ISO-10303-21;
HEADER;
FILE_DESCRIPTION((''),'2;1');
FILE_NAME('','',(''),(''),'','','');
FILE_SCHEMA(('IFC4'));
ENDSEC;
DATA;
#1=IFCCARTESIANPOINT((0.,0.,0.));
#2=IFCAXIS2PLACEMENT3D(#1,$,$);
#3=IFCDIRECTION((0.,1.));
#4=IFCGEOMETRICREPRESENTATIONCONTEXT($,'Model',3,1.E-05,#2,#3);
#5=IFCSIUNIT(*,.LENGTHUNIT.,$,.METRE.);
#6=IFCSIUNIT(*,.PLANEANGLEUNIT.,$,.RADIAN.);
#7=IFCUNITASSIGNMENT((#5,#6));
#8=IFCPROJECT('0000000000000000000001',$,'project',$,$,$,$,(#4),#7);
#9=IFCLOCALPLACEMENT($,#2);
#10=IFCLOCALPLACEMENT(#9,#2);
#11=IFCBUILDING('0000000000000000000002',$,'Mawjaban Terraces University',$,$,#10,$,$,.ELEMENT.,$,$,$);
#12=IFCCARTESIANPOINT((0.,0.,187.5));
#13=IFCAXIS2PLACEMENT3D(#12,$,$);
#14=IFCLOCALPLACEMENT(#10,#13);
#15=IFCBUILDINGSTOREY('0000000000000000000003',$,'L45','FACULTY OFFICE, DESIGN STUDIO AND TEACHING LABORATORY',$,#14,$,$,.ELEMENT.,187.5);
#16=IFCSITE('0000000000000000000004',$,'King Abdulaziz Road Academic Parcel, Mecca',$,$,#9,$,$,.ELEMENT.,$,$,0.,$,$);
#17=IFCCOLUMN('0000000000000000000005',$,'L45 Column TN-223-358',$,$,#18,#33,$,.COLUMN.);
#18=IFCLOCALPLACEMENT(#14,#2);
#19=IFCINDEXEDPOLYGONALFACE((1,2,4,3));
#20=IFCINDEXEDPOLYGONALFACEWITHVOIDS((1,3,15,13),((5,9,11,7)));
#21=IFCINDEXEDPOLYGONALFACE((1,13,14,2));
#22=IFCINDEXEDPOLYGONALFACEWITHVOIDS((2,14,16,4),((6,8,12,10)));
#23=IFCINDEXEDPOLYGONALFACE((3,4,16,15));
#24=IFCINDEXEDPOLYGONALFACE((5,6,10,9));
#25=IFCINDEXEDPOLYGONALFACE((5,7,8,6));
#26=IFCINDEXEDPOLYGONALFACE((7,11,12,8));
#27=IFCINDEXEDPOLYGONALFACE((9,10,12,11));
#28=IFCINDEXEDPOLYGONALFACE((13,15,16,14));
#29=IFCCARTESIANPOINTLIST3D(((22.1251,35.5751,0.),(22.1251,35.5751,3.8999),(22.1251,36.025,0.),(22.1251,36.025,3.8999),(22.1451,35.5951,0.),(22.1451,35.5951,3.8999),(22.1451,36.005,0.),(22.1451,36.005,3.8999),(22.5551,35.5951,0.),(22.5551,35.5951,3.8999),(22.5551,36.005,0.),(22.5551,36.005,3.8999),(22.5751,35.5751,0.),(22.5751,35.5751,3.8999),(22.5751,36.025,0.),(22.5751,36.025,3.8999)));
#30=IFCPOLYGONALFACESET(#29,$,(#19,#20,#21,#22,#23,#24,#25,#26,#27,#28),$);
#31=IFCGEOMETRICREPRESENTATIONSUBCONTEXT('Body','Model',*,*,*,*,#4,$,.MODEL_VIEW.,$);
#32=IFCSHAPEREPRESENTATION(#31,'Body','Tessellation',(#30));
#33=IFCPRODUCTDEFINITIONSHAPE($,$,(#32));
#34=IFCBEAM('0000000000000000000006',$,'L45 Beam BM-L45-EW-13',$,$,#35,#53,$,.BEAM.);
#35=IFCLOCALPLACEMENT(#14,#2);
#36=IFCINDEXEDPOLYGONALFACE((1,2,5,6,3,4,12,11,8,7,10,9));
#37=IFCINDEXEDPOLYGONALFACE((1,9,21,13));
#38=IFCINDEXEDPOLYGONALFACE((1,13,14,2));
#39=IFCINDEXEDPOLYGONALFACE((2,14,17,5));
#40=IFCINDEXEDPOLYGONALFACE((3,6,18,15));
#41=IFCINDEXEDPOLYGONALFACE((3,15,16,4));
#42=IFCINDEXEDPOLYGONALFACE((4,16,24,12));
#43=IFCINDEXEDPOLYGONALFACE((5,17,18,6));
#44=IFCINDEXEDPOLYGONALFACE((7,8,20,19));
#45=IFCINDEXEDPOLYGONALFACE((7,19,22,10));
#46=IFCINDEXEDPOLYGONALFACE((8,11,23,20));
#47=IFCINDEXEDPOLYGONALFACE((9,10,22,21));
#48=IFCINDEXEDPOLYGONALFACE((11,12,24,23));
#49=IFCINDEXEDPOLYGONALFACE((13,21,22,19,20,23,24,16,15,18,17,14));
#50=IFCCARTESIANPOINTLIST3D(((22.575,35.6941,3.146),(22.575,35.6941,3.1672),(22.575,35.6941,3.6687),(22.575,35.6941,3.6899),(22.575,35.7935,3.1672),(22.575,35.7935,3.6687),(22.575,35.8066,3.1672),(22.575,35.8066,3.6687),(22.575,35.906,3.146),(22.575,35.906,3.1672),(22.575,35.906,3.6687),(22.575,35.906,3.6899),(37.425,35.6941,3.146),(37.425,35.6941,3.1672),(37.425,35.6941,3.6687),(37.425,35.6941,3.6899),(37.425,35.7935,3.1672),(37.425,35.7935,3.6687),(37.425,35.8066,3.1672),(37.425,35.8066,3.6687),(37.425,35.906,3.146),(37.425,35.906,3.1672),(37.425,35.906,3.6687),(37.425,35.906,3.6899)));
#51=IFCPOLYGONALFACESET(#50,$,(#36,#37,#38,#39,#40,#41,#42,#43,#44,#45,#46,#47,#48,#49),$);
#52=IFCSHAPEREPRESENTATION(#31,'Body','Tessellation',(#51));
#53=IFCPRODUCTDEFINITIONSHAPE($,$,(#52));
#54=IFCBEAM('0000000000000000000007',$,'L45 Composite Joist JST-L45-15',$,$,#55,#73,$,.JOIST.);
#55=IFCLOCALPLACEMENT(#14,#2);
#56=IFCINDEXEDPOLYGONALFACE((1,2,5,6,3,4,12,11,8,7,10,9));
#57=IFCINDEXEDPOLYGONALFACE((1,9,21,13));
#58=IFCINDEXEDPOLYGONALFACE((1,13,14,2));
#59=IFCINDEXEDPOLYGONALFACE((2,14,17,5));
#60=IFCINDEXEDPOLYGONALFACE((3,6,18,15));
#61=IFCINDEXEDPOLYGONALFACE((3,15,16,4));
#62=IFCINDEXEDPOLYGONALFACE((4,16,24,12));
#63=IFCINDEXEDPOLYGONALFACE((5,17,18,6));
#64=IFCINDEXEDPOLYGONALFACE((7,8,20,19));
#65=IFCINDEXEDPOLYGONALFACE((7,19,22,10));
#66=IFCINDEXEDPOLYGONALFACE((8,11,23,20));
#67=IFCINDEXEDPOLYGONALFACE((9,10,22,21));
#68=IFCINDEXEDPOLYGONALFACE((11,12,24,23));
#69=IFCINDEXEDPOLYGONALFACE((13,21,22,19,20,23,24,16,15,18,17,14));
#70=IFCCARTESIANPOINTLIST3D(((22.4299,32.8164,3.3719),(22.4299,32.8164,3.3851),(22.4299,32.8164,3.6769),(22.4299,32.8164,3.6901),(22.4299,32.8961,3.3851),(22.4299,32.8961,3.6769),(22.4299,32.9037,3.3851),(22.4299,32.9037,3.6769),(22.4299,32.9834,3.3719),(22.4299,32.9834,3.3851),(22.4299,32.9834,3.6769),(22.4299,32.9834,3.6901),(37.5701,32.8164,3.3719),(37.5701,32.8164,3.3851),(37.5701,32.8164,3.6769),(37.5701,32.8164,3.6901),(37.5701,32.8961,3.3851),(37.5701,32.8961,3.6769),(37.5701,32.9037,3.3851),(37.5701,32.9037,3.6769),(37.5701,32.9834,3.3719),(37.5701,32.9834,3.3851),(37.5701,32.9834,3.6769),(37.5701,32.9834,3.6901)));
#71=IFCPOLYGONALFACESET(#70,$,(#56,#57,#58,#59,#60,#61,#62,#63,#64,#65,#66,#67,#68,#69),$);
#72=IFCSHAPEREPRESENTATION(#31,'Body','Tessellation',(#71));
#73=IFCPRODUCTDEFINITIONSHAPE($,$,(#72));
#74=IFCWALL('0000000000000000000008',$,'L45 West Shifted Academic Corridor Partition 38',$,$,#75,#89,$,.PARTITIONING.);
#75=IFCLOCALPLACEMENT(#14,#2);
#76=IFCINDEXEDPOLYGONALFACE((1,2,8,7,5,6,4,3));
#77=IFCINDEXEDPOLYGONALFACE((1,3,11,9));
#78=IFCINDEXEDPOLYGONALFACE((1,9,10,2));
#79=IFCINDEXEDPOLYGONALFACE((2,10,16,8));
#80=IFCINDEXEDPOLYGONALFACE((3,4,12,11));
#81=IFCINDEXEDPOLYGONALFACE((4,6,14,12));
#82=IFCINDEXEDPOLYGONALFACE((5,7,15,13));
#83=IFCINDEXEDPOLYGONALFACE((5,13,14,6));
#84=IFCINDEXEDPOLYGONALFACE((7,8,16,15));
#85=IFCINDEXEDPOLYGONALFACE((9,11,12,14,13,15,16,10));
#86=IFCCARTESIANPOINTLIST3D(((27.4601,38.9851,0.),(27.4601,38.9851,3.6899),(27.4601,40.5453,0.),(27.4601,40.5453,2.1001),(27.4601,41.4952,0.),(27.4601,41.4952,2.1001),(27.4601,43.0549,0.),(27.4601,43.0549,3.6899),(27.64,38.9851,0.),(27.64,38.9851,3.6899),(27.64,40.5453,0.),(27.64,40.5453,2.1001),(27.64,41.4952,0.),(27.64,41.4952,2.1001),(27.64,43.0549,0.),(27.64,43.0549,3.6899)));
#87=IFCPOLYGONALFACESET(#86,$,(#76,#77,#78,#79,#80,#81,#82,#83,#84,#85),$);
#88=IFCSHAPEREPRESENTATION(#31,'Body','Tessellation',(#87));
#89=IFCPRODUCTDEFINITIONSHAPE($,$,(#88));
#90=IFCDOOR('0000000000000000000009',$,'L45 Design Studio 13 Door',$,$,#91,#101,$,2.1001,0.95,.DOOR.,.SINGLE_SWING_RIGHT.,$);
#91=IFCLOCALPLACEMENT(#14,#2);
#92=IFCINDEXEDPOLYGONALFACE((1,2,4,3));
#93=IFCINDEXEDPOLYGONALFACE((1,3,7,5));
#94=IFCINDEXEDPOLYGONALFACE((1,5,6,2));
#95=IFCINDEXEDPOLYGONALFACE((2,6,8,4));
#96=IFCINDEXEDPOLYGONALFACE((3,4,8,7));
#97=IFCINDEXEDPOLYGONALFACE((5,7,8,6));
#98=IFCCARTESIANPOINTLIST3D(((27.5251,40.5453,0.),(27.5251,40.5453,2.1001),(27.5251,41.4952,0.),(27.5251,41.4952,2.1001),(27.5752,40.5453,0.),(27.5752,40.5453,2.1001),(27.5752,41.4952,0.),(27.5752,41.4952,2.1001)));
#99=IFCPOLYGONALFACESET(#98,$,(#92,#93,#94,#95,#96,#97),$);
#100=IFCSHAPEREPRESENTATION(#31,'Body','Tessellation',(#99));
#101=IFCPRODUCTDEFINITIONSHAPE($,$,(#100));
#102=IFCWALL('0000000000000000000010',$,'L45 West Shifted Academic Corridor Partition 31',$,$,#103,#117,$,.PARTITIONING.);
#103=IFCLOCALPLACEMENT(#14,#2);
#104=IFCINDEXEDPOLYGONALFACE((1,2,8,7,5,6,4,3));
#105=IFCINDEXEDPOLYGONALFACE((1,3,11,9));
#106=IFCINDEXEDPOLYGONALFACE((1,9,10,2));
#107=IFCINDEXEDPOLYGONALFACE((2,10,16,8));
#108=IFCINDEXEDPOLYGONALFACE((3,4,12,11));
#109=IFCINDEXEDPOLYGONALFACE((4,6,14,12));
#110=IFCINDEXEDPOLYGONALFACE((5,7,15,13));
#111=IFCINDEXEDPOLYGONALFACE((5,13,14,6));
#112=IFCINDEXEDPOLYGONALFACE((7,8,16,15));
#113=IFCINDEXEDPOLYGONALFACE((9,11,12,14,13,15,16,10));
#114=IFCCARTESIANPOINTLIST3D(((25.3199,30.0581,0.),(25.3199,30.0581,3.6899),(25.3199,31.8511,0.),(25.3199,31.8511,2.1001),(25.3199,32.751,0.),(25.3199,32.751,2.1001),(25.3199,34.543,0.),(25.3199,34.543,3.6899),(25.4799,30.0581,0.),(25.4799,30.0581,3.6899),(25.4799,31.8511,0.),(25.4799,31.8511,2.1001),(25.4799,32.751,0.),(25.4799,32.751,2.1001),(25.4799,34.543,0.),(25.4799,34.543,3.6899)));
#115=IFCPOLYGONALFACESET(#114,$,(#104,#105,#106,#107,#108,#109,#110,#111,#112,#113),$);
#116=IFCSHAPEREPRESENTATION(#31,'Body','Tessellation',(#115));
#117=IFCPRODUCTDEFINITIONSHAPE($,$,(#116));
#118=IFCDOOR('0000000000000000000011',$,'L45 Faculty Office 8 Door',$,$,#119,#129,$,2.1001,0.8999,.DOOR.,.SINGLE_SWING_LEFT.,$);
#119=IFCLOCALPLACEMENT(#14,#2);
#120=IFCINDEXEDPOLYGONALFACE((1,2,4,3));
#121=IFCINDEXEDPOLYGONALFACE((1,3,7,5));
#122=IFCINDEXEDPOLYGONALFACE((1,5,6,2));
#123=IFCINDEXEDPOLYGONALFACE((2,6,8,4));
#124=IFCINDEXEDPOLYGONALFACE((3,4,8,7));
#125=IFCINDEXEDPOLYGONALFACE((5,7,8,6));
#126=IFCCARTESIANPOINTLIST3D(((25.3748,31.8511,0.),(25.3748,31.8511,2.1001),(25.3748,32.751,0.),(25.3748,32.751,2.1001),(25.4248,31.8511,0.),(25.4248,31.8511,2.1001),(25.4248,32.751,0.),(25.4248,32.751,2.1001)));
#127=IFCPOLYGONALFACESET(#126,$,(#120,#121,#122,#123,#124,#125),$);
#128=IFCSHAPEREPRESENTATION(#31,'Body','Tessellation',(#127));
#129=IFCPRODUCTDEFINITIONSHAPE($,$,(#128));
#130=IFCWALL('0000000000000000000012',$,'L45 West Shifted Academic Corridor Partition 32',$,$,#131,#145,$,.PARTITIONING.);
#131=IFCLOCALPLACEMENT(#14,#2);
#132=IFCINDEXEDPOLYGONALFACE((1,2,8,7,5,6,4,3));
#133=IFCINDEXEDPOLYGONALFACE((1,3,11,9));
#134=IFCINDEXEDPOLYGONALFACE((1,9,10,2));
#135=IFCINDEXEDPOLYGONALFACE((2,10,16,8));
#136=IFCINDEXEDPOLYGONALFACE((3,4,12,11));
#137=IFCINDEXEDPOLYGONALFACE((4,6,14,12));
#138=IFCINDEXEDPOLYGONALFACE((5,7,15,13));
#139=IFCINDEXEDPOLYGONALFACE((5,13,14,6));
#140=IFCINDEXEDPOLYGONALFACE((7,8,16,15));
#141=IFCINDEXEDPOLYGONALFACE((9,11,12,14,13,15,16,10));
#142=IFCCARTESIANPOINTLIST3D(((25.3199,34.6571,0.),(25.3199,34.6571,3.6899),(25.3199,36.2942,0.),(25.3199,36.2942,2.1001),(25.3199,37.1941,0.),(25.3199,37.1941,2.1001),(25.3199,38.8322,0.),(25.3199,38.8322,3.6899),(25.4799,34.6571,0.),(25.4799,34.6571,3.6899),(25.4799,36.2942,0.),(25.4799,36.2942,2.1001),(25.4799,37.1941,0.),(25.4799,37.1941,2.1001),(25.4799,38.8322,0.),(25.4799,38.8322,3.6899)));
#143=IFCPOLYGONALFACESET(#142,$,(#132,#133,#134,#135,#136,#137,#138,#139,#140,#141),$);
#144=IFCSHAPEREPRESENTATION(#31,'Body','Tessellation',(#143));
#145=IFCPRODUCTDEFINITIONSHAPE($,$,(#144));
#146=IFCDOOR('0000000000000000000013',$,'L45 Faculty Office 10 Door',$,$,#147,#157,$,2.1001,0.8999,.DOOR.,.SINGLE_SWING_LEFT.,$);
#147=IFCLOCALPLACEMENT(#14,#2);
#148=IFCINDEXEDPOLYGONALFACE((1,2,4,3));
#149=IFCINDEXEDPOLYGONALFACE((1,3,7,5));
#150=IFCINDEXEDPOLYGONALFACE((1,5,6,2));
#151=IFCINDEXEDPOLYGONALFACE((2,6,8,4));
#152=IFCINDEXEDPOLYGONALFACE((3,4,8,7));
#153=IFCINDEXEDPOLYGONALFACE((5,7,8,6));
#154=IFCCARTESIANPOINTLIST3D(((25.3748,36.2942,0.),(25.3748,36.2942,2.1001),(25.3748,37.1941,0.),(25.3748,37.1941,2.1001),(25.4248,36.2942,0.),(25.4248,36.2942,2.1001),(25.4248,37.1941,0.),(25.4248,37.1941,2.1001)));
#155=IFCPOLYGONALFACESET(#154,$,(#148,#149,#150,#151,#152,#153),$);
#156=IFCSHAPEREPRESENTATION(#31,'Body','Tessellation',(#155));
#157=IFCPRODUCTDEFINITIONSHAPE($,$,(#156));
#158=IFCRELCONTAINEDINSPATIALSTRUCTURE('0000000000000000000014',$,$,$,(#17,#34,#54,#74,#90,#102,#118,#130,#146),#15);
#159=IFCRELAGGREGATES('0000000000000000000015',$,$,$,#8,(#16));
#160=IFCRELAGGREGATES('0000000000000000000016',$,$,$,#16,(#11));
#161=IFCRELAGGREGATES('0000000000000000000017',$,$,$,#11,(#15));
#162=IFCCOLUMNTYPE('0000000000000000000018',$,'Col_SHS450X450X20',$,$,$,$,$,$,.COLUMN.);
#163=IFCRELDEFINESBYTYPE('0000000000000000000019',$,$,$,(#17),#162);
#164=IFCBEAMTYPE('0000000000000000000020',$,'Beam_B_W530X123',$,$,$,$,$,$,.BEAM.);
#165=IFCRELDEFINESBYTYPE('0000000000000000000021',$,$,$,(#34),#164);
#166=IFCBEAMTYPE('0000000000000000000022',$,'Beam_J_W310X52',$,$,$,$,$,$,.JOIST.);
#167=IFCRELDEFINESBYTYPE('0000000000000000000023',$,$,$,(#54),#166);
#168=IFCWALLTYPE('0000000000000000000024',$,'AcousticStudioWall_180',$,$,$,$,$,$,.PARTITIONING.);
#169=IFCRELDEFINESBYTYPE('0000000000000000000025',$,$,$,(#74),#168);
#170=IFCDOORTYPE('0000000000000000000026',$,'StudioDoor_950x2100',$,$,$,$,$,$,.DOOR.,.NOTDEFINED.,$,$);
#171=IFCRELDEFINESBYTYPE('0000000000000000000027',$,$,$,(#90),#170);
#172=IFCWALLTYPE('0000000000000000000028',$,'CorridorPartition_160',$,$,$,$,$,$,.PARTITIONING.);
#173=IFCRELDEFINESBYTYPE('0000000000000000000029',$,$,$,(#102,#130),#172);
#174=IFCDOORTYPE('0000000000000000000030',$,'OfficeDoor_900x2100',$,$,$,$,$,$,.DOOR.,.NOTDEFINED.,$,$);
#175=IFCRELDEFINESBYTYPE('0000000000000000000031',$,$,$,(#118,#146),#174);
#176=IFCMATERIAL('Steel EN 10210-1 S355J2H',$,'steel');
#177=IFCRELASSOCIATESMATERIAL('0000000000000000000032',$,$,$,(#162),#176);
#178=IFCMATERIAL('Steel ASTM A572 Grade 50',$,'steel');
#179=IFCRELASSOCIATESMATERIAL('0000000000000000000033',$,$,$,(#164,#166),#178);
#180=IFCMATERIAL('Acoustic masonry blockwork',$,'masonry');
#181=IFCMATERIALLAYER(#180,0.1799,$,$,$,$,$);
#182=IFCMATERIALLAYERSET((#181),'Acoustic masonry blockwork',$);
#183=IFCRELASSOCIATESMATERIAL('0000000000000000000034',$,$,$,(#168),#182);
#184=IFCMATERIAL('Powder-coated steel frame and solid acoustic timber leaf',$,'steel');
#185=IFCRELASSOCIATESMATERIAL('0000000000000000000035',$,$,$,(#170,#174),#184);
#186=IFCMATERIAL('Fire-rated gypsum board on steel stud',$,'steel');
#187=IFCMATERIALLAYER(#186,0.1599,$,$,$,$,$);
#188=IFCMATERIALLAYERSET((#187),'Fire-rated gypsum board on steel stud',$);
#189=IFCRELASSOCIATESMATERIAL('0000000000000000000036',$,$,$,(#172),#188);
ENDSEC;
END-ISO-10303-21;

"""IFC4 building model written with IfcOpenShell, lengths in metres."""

from ifc_helpers import new_model, si_unit, direction, frame, frame_2d, origin, origin_2d, place, context, subcontext, project, spatial, rectangle, hollow_rectangle, i_section, extrude, material, layer, layer_set, material_profile, profile_set, type_object, element, fill, save


model = new_model("IFC4")

# Units and contexts
model_context = context("Model", 3, precision=1e-05, world=origin(), true_north=direction((0.0, 1.0)))
body_context = subcontext(model_context, "Body", "Model", "MODEL_VIEW")
ifc_project = project(units=[si_unit("LENGTHUNIT", "METRE"), si_unit("PLANEANGLEUNIT", "RADIAN")], contexts=[model_context])

# Site, building, storey
site_placement = place(None, origin())
site = spatial("IfcSite", under=ifc_project, at=site_placement, Name="King Abdulaziz Road Academic Parcel, Mecca", CompositionType="ELEMENT", RefElevation=0.0)
building_placement = place(site_placement, origin())
building = spatial("IfcBuilding", under=site, at=building_placement, Name="Mawjaban Terraces University", CompositionType="ELEMENT")
storey_placement = place(building_placement, frame((0.0, 0.0, 187.5)))
storey = spatial("IfcBuildingStorey", under=building, at=storey_placement, Name="L45", Description="FACULTY OFFICE, DESIGN STUDIO AND TEACHING LABORATORY", CompositionType="ELEMENT", Elevation=187.5)

# Column
ifc_material_1 = material(Name="Steel EN 10210-1 S355J2H", Category="steel")
ifc_material_profile_1 = material_profile(ifc_material_1, hollow_rectangle(XDim=0.45, YDim=0.45, WallThickness=0.02, at=origin_2d()), Name="SHS450X450X20")
ifc_profile_set_1 = profile_set([ifc_material_profile_1], Name="Steel EN 10210-1 S355J2H")
column_type = type_object("IfcColumnType", Name="Col_SHS450X450X20", PredefinedType="COLUMN", material=ifc_profile_set_1)
column_placement = place(storey_placement, frame((22.3501, 35.8, 0.0), z_axis=(0.0, 0.0, 1.0), x_axis=(1.0, 0.0, 0.0)))
element("IfcColumn", 1, at=column_placement, inside=storey, type_object=column_type, Name="L45 Column TN-223-358", PredefinedType="COLUMN", context=body_context, shape_type="SweptSolid", body=[
    extrude(hollow_rectangle(XDim=0.45, YDim=0.45, WallThickness=0.02, at=origin_2d()), origin(), (0.0, 0.0, 1.0), 3.8999),
])

# Beams
ifc_material_2 = material(Name="Steel ASTM A572 Grade 50", Category="steel")
ifc_material_profile_2 = material_profile(ifc_material_2, i_section(OverallWidth=0.2119, OverallDepth=0.5439, WebThickness=0.0132, FlangeThickness=0.0212, at=origin_2d()), Name="W530X123")
ifc_profile_set_2 = profile_set([ifc_material_profile_2], Name="Steel ASTM A572 Grade 50")
beam_type_1 = type_object("IfcBeamType", Name="Beam_B_W530X123", PredefinedType="BEAM", material=ifc_profile_set_2)
beam_1_placement = place(storey_placement, frame((22.575, 35.8, 3.418), z_axis=(1.0, 0.0, 0.0), x_axis=(0.0, 1.0, 0.0)))
element("IfcBeam", 2, at=beam_1_placement, inside=storey, type_object=beam_type_1, Name="L45 Beam BM-L45-EW-13", PredefinedType="BEAM", context=body_context, shape_type="SweptSolid", body=[
    extrude(i_section(OverallWidth=0.2119, OverallDepth=0.5439, WebThickness=0.0132, FlangeThickness=0.0212, at=origin_2d()), origin(), (0.0, 0.0, 1.0), 14.8501),
])
ifc_material_profile_3 = material_profile(ifc_material_2, i_section(OverallWidth=0.167, OverallDepth=0.3181, WebThickness=0.0076, FlangeThickness=0.0132, at=origin_2d()), Name="W310X52")
ifc_profile_set_3 = profile_set([ifc_material_profile_3], Name="Steel ASTM A572 Grade 50")
beam_type_2 = type_object("IfcBeamType", Name="Beam_J_W310X52", PredefinedType="JOIST", material=ifc_profile_set_3)
beam_2_placement = place(storey_placement, frame((22.4299, 32.8999, 3.531), z_axis=(1.0, 0.0, 0.0), x_axis=(0.0, 1.0, 0.0)))
element("IfcBeam", 3, at=beam_2_placement, inside=storey, type_object=beam_type_2, Name="L45 Composite Joist JST-L45-15", PredefinedType="JOIST", context=body_context, shape_type="SweptSolid", body=[
    extrude(i_section(OverallWidth=0.167, OverallDepth=0.3181, WebThickness=0.0076, FlangeThickness=0.0132, at=origin_2d()), origin(), (0.0, 0.0, 1.0), 15.1401),
])

# Walls, openings, doors
ifc_material_3 = material(Name="Acoustic masonry blockwork", Category="masonry")
ifc_layer_1 = layer(ifc_material_3, 0.1799)
ifc_layer_set_1 = layer_set([ifc_layer_1], Name="Acoustic masonry blockwork")
wall_type_1 = type_object("IfcWallType", Name="AcousticStudioWall_180", PredefinedType="PARTITIONING", material=ifc_layer_set_1)
wall_1_placement = place(storey_placement, frame((27.55, 38.9851, 0.0), z_axis=(0.0, 0.0, 1.0), x_axis=(0.0, 1.0, 0.0)))
wall_1 = element("IfcWall", 4, at=wall_1_placement, inside=storey, type_object=wall_type_1, Name="L45 West Shifted Academic Corridor Partition 38", PredefinedType="PARTITIONING", context=body_context, shape_type="SweptSolid", body=[
    extrude(rectangle(XDim=4.0698, YDim=0.1799, at=frame_2d((2.0349, 0.0))), origin(), (0.0, 0.0, 1.0), 3.6899),
])
opening_1_placement = place(wall_1_placement, frame((1.5601, 0.0, 0.0)))
opening_1 = element("IfcOpeningElement", 5, at=opening_1_placement, cuts=wall_1, PredefinedType="OPENING", context=body_context, shape_type="SweptSolid", body=[
    extrude(rectangle(XDim=0.95, YDim=2.1001, at=frame_2d((0.4751, 1.05))), frame((0.0, 0.0999, 0.0), z_axis=(0.0, -1.0, 0.0), x_axis=(1.0, 0.0, 0.0)), (0.0, 0.0, 1.0), 0.2),
])
ifc_material_4 = material(Name="Powder-coated steel frame and solid acoustic timber leaf", Category="steel")
door_type_1 = type_object("IfcDoorType", Name="StudioDoor_950x2100", OperationType="NOTDEFINED", PredefinedType="DOOR", material=ifc_material_4)
door_1_placement = place(opening_1_placement, origin())
door_1 = element("IfcDoor", 6, at=door_1_placement, inside=storey, type_object=door_type_1, Name="L45 Design Studio 13 Door", OperationType="SINGLE_SWING_RIGHT", OverallHeight=2.1001, OverallWidth=0.95, PredefinedType="DOOR", context=body_context, shape_type="SweptSolid", body=[
    extrude(rectangle(XDim=0.95, YDim=2.1001, at=frame_2d((0.4751, 1.05))), frame((0.0, 0.0249, 0.0), z_axis=(0.0, -1.0, 0.0), x_axis=(1.0, 0.0, 0.0)), (0.0, 0.0, 1.0), 0.05),
])
fill(opening_1, door_1)
ifc_material_5 = material(Name="Fire-rated gypsum board on steel stud", Category="steel")
ifc_layer_2 = layer(ifc_material_5, 0.1599)
ifc_layer_set_2 = layer_set([ifc_layer_2], Name="Fire-rated gypsum board on steel stud")
wall_type_2 = type_object("IfcWallType", Name="CorridorPartition_160", PredefinedType="PARTITIONING", material=ifc_layer_set_2)
wall_2_placement = place(storey_placement, frame((25.3999, 34.543, 0.0), z_axis=(0.0, 0.0, 1.0), x_axis=(0.0, -1.0, 0.0)))
wall_2 = element("IfcWall", 7, at=wall_2_placement, inside=storey, type_object=wall_type_2, Name="L45 West Shifted Academic Corridor Partition 31", PredefinedType="PARTITIONING", context=body_context, shape_type="SweptSolid", body=[
    extrude(rectangle(XDim=4.4849, YDim=0.1599, at=frame_2d((2.2424, 0.0))), origin(), (0.0, 0.0, 1.0), 3.6899),
])
opening_2_placement = place(wall_2_placement, frame((1.792, 0.0, 0.0)))
opening_2 = element("IfcOpeningElement", 8, at=opening_2_placement, cuts=wall_2, PredefinedType="OPENING", context=body_context, shape_type="SweptSolid", body=[
    extrude(rectangle(XDim=0.8999, YDim=2.1001, at=frame_2d((0.45, 1.05))), frame((0.0, 0.0898, 0.0), z_axis=(0.0, -1.0, 0.0), x_axis=(1.0, 0.0, 0.0)), (0.0, 0.0, 1.0), 0.1799),
])
door_type_2 = type_object("IfcDoorType", Name="OfficeDoor_900x2100", OperationType="NOTDEFINED", PredefinedType="DOOR", material=ifc_material_4)
door_2_placement = place(opening_2_placement, origin())
door_2 = element("IfcDoor", 9, at=door_2_placement, inside=storey, type_object=door_type_2, Name="L45 Faculty Office 8 Door", OperationType="SINGLE_SWING_LEFT", OverallHeight=2.1001, OverallWidth=0.8999, PredefinedType="DOOR", context=body_context, shape_type="SweptSolid", body=[
    extrude(rectangle(XDim=0.8999, YDim=2.1001, at=frame_2d((0.45, 1.05))), frame((0.0, 0.0249, 0.0), z_axis=(0.0, -1.0, 0.0), x_axis=(1.0, 0.0, 0.0)), (0.0, 0.0, 1.0), 0.05),
])
fill(opening_2, door_2)
wall_3_placement = place(storey_placement, frame((25.3999, 38.832, 0.0), z_axis=(0.0, 0.0, 1.0), x_axis=(0.0, -1.0, 0.0)))
wall_3 = element("IfcWall", 10, at=wall_3_placement, inside=storey, type_object=wall_type_2, Name="L45 West Shifted Academic Corridor Partition 32", PredefinedType="PARTITIONING", context=body_context, shape_type="SweptSolid", body=[
    extrude(rectangle(XDim=4.175, YDim=0.1599, at=frame_2d((2.0874, 0.0))), origin(), (0.0, 0.0, 1.0), 3.6899),
])
opening_3_placement = place(wall_3_placement, frame((1.6379, 0.0, 0.0)))
opening_3 = element("IfcOpeningElement", 11, at=opening_3_placement, cuts=wall_3, PredefinedType="OPENING", context=body_context, shape_type="SweptSolid", body=[
    extrude(rectangle(XDim=0.8999, YDim=2.1001, at=frame_2d((0.45, 1.05))), frame((0.0, 0.0898, 0.0), z_axis=(0.0, -1.0, 0.0), x_axis=(1.0, 0.0, 0.0)), (0.0, 0.0, 1.0), 0.1799),
])
door_3_placement = place(opening_3_placement, origin())
door_3 = element("IfcDoor", 12, at=door_3_placement, inside=storey, type_object=door_type_2, Name="L45 Faculty Office 10 Door", OperationType="SINGLE_SWING_LEFT", OverallHeight=2.1001, OverallWidth=0.8999, PredefinedType="DOOR", context=body_context, shape_type="SweptSolid", body=[
    extrude(rectangle(XDim=0.8999, YDim=2.1001, at=frame_2d((0.45, 1.05))), frame((0.0, 0.0249, 0.0), z_axis=(0.0, -1.0, 0.0), x_axis=(1.0, 0.0, 0.0)), (0.0, 0.0, 1.0), 0.05),
])
fill(opening_3, door_3)

save(model, "model.ifc")
